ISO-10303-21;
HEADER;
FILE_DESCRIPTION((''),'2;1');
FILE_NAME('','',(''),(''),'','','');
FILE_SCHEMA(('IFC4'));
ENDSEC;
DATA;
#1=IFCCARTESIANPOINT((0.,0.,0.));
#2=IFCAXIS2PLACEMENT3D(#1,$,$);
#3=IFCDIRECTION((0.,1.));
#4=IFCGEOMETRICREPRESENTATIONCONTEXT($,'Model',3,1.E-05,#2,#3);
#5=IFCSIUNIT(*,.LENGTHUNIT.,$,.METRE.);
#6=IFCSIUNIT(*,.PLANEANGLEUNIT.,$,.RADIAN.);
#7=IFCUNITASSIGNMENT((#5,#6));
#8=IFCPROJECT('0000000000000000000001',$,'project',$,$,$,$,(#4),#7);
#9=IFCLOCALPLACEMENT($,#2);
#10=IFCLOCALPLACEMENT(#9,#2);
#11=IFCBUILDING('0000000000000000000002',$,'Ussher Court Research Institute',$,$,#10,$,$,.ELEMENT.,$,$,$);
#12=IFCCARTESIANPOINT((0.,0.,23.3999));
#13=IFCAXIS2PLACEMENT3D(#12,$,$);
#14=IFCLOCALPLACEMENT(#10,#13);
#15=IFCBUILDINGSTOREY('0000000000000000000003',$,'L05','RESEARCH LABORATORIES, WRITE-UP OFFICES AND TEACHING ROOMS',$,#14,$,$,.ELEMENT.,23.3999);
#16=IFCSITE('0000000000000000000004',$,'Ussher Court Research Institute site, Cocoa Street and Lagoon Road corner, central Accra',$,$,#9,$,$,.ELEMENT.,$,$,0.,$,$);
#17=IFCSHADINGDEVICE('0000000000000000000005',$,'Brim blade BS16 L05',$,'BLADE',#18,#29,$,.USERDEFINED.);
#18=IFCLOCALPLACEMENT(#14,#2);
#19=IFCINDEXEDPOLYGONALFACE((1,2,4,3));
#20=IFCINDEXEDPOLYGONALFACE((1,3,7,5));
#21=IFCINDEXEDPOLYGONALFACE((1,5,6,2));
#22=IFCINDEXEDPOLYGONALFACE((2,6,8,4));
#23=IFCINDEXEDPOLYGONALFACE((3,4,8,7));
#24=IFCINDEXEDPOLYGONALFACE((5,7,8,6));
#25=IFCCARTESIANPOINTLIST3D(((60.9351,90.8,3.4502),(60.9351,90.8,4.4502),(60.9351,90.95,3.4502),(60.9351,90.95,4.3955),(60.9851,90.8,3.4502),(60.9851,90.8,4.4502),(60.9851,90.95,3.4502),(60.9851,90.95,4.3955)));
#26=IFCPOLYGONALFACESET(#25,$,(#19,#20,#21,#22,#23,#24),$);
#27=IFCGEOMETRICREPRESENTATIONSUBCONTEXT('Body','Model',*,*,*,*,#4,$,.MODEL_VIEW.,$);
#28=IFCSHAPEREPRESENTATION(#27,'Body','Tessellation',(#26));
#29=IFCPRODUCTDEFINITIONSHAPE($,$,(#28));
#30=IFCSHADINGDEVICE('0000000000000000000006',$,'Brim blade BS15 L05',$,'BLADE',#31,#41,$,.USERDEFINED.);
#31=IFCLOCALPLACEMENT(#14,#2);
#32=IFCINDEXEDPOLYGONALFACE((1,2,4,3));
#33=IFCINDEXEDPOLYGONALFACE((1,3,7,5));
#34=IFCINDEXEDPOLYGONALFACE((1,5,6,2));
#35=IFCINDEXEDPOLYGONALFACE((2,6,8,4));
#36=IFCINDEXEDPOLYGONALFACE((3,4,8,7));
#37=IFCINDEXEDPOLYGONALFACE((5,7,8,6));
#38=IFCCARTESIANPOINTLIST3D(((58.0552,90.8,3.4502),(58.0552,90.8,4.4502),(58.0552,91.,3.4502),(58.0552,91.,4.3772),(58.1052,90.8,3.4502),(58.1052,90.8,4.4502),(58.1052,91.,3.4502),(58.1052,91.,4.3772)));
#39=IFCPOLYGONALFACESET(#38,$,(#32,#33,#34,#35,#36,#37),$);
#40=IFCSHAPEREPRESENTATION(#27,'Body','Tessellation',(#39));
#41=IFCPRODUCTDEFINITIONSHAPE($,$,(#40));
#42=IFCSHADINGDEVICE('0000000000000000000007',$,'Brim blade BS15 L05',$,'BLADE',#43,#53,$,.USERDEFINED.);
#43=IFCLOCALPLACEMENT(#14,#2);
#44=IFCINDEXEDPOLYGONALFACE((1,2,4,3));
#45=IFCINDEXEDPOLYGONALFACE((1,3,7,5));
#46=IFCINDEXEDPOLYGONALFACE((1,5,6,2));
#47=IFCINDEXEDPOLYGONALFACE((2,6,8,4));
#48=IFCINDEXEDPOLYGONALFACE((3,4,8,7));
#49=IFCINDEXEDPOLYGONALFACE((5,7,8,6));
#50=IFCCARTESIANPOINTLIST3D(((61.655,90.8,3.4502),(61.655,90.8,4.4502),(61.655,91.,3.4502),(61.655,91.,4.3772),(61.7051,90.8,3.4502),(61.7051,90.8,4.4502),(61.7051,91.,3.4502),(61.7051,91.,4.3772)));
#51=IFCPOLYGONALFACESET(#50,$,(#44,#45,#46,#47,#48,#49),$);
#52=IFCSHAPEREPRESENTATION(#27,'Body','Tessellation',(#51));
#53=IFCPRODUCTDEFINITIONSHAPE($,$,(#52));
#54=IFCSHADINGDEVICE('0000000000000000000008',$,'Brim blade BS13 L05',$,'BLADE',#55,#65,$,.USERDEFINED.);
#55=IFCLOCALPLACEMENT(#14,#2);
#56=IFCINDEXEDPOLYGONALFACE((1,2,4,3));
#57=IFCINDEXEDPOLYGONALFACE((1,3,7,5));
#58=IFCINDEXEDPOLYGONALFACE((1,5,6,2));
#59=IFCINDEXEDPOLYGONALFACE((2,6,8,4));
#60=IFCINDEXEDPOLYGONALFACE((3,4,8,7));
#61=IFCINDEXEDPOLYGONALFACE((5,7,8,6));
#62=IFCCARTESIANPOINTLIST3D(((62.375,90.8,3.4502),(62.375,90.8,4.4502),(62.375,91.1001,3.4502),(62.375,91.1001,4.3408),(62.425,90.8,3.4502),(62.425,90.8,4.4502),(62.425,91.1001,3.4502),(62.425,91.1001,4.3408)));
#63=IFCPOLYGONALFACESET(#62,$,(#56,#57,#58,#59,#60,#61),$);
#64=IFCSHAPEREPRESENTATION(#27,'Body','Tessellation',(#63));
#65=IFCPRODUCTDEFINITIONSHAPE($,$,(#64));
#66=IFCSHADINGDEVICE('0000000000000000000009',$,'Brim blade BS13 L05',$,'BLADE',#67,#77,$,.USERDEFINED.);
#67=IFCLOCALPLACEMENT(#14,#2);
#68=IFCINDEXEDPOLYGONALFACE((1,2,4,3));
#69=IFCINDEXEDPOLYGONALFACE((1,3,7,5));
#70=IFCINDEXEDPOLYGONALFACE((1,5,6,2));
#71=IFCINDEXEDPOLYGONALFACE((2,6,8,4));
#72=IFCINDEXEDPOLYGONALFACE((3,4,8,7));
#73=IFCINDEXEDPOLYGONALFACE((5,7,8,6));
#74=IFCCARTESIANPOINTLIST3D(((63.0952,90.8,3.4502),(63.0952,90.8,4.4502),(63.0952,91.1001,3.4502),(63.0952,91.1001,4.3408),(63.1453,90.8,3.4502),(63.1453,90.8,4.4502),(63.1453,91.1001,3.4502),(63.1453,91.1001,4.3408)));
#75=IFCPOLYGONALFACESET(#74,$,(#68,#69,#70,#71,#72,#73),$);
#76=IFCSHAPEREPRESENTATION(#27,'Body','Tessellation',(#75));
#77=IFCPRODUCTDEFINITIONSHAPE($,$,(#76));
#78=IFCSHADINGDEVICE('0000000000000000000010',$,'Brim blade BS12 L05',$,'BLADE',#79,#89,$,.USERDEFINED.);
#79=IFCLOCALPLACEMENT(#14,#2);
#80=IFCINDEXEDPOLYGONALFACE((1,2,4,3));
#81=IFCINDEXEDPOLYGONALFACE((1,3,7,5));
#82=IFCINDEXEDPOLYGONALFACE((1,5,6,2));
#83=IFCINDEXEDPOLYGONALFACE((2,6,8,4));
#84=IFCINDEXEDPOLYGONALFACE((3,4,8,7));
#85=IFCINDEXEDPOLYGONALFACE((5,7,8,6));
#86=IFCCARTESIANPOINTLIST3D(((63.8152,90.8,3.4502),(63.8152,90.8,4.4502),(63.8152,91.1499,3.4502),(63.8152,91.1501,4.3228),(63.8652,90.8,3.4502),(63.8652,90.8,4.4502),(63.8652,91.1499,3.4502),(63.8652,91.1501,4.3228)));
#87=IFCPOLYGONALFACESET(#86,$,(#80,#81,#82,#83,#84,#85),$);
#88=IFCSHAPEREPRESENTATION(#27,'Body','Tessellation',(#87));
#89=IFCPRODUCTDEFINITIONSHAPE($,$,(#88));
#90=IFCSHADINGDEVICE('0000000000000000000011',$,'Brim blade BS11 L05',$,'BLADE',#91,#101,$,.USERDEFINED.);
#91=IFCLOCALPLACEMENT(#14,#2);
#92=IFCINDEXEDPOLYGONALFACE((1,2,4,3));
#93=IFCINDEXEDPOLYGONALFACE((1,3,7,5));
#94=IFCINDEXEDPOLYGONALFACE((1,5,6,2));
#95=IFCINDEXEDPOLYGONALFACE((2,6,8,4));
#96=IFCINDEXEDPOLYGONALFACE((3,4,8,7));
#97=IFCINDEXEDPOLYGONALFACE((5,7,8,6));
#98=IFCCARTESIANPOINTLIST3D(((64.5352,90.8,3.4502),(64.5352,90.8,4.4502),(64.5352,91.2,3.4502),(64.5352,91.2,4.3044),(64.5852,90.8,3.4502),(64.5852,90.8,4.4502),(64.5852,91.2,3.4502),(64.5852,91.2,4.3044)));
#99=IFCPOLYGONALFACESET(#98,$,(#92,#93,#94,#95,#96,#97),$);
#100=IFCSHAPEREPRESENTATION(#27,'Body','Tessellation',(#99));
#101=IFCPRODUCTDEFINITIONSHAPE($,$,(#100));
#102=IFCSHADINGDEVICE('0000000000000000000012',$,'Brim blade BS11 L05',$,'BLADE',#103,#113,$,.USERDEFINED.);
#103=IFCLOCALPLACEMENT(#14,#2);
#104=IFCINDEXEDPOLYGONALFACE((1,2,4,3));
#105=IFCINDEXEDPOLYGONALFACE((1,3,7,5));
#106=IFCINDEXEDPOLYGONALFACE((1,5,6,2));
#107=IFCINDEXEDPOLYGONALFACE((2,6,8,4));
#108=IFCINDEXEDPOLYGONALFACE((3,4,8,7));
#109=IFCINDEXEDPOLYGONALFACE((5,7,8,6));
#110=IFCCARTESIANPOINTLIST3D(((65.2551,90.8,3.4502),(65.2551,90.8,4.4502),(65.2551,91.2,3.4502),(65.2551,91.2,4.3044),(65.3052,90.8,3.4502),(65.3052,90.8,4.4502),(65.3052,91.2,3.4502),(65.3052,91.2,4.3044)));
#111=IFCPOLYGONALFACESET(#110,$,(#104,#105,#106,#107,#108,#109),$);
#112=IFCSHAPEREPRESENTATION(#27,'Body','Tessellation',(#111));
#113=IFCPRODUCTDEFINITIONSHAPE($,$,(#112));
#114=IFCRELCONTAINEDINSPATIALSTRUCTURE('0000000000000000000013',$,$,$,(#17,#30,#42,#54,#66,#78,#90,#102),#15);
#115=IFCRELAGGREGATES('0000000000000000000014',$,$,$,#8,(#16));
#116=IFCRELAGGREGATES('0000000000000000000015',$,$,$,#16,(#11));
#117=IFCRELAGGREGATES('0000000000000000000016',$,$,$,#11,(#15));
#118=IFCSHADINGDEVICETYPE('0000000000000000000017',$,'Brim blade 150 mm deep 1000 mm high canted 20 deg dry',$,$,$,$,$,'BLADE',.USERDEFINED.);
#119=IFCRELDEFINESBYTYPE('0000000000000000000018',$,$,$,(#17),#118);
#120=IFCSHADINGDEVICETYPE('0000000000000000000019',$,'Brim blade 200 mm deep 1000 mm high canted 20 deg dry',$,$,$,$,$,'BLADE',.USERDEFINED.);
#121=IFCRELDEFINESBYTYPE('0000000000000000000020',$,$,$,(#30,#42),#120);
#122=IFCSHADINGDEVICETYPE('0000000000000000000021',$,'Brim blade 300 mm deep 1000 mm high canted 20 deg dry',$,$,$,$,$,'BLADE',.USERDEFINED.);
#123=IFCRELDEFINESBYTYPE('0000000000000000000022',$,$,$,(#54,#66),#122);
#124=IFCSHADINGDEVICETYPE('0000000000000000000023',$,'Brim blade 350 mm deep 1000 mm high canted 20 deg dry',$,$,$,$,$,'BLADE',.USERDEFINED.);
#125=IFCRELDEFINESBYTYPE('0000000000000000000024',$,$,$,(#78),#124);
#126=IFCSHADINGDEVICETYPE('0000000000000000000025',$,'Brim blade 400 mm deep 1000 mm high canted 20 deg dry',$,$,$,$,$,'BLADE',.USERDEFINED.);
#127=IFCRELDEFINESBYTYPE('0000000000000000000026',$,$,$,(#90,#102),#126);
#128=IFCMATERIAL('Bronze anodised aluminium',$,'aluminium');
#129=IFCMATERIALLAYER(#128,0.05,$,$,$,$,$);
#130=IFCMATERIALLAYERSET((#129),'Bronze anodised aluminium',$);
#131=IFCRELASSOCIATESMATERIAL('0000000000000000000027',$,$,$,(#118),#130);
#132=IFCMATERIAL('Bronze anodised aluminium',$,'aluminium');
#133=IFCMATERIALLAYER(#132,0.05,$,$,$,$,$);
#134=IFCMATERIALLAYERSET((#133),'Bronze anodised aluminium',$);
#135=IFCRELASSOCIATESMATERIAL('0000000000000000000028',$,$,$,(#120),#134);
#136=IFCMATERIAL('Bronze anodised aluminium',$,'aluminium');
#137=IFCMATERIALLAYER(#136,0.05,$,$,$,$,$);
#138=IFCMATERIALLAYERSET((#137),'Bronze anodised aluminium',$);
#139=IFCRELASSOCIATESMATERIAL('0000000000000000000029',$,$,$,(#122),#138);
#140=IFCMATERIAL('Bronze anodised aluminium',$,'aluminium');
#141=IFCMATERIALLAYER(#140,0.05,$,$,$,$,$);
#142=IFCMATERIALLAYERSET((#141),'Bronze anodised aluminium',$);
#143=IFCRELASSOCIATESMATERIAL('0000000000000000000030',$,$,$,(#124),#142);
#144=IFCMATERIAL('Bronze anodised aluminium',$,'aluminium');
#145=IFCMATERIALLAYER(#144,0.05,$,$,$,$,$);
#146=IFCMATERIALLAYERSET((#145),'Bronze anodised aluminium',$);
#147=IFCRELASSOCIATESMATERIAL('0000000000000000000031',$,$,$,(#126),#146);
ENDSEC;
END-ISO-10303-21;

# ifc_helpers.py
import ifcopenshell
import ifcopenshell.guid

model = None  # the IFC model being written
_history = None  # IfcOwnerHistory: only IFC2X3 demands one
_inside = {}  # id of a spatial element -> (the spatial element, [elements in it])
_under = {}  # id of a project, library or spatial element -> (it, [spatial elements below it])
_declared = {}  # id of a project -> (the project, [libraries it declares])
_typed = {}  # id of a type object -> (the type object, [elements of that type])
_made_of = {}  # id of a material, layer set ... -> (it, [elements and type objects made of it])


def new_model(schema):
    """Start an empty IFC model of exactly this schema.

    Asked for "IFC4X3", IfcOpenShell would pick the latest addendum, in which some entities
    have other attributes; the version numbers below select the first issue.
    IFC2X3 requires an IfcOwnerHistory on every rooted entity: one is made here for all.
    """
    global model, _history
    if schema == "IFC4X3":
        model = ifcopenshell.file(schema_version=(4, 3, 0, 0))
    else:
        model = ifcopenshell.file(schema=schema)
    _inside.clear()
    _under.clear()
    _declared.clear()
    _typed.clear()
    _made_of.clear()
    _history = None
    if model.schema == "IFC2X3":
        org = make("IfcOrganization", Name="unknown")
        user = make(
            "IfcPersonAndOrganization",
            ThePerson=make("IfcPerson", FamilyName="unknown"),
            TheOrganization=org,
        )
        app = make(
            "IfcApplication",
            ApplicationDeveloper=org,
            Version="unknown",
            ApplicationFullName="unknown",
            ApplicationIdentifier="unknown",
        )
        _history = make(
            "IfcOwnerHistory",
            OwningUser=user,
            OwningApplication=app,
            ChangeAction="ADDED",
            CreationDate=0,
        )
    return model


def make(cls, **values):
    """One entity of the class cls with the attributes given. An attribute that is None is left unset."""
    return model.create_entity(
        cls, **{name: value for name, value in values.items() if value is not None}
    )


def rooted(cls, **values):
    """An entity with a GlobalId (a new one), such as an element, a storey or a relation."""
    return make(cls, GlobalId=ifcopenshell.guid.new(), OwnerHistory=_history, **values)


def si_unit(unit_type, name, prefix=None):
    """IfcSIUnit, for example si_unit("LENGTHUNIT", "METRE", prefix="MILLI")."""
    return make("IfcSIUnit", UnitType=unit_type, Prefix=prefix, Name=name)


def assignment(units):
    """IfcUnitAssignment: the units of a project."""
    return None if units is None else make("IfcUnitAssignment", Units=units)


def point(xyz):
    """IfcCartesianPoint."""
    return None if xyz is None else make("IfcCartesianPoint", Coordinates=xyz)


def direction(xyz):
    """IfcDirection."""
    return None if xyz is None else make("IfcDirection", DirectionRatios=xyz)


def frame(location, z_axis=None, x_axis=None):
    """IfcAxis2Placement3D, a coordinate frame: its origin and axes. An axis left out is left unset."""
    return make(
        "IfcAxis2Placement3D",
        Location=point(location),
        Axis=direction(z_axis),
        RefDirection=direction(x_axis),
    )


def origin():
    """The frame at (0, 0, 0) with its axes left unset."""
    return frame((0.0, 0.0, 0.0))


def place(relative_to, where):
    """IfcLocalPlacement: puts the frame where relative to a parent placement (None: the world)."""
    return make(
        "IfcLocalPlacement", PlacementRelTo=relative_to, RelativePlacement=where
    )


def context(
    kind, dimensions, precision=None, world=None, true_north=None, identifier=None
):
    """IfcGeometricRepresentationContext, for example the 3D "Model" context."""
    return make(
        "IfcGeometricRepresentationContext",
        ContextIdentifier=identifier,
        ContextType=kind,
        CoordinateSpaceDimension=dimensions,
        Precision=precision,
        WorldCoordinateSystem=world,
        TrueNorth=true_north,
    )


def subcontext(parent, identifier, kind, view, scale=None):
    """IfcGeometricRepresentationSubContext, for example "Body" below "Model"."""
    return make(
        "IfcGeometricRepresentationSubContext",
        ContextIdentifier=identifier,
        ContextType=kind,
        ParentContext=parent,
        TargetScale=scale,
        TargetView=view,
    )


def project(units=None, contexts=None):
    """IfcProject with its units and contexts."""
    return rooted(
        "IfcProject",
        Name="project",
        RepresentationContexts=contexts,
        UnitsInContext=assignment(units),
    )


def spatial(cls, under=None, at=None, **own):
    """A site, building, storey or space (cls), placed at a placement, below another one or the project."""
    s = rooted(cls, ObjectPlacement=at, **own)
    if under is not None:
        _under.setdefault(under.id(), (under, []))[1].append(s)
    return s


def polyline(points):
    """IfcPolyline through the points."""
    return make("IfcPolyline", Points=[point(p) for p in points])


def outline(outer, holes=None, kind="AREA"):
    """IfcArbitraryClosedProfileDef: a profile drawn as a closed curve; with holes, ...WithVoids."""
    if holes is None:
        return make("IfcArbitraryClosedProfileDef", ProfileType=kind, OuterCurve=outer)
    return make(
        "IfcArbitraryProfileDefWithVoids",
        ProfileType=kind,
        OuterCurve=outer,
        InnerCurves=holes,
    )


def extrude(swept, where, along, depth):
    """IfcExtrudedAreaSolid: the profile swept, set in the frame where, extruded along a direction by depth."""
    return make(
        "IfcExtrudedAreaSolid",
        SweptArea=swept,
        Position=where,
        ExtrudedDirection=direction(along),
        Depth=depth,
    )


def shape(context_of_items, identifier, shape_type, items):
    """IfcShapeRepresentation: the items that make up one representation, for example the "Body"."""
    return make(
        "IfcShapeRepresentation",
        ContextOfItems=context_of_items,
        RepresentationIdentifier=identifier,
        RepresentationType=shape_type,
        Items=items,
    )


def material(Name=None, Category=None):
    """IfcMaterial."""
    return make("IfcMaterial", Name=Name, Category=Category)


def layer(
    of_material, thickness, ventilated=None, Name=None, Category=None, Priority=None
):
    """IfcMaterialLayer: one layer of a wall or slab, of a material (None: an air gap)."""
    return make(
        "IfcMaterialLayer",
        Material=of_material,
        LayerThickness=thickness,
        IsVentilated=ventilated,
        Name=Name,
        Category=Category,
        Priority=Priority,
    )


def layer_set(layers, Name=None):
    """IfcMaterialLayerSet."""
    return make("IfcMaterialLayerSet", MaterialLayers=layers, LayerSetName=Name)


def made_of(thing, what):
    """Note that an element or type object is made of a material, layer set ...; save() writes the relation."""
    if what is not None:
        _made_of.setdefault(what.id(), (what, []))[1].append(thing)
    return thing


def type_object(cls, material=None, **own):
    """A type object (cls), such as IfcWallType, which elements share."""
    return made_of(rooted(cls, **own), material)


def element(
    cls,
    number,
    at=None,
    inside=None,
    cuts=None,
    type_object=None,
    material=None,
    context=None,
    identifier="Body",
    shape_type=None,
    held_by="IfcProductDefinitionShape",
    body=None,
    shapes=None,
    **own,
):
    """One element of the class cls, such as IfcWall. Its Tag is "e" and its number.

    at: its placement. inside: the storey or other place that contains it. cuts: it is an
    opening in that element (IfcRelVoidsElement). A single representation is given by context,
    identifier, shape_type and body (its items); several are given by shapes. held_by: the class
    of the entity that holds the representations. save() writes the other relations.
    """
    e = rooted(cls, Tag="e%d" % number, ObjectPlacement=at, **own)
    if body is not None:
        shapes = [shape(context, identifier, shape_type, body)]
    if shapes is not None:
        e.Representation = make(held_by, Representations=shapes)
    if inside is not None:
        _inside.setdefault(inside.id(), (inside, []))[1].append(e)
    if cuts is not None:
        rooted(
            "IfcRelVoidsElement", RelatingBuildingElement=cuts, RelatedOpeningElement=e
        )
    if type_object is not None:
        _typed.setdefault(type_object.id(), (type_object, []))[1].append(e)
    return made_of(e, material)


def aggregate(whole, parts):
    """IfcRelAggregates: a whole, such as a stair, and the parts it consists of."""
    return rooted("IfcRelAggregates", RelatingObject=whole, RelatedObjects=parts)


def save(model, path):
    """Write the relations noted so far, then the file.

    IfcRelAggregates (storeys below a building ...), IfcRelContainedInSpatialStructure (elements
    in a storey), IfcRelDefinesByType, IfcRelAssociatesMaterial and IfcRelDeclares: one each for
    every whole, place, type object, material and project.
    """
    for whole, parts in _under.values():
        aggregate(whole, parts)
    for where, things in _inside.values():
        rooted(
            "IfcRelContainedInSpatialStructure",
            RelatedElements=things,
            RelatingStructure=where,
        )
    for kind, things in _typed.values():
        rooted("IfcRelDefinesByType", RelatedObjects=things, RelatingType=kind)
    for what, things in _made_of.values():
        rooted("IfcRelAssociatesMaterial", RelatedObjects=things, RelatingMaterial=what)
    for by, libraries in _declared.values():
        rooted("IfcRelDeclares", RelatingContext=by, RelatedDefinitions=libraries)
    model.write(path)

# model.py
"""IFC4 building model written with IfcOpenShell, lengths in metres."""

from ifc_helpers import new_model, si_unit, direction, frame, origin, place, context, subcontext, project, spatial, polyline, outline, extrude, material, layer, layer_set, type_object, element, save


model = new_model("IFC4")

# Units and contexts
model_context = context("Model", 3, precision=1e-05, world=origin(), true_north=direction((0.0, 1.0)))
body_context = subcontext(model_context, "Body", "Model", "MODEL_VIEW")
ifc_project = project(units=[si_unit("LENGTHUNIT", "METRE"), si_unit("PLANEANGLEUNIT", "RADIAN")], contexts=[model_context])

# Site, building, storey
site_placement = place(None, origin())
site = spatial("IfcSite", under=ifc_project, at=site_placement, Name="Ussher Court Research Institute site, Cocoa Street and Lagoon Road corner, central Accra", CompositionType="ELEMENT", RefElevation=0.0)
building_placement = place(site_placement, origin())
building = spatial("IfcBuilding", under=site, at=building_placement, Name="Ussher Court Research Institute", CompositionType="ELEMENT")
storey_placement = place(building_placement, frame((0.0, 0.0, 23.3999)))
storey = spatial("IfcBuildingStorey", under=building, at=storey_placement, Name="L05", Description="RESEARCH LABORATORIES, WRITE-UP OFFICES AND TEACHING ROOMS", CompositionType="ELEMENT", Elevation=23.3999)

# Shading devices
ifc_material_1 = material(Name="Bronze anodised aluminium", Category="aluminium")
ifc_layer_1 = layer(ifc_material_1, 0.05)
ifc_layer_set_1 = layer_set([ifc_layer_1], Name="Bronze anodised aluminium")
shading_device_type_1 = type_object("IfcShadingDeviceType", Name="Brim blade 150 mm deep 1000 mm high canted 20 deg dry", ElementType="BLADE", PredefinedType="USERDEFINED", material=ifc_layer_set_1)
shading_device_1_placement = place(storey_placement, frame((60.96, 90.8, 3.4502), z_axis=(0.0, 0.0, 1.0), x_axis=(0.0, 1.0, 0.0)))
element("IfcShadingDevice", 1, at=shading_device_1_placement, inside=storey, type_object=shading_device_type_1, Name="Brim blade BS16 L05", ObjectType="BLADE", PredefinedType="USERDEFINED", context=body_context, shape_type="SweptSolid", body=[
    extrude(outline(polyline([(0.0, 0.0), (0.1499, 0.0), (0.1499, 0.9453), (0.0, 1.0), (0.0, 0.0)])), frame((0.0, 0.0249, 0.0), z_axis=(0.0, -1.0, 0.0), x_axis=(1.0, 0.0, 0.0)), (0.0, 0.0, 1.0), 0.05),
])
ifc_material_2 = material(Name="Bronze anodised aluminium", Category="aluminium")
ifc_layer_2 = layer(ifc_material_2, 0.05)
ifc_layer_set_2 = layer_set([ifc_layer_2], Name="Bronze anodised aluminium")
shading_device_type_2 = type_object("IfcShadingDeviceType", Name="Brim blade 200 mm deep 1000 mm high canted 20 deg dry", ElementType="BLADE", PredefinedType="USERDEFINED", material=ifc_layer_set_2)
for number, where, z_axis, x_axis, name in (
    (2, (58.0801, 90.8, 3.4502), (0.0, 0.0, 1.0), (0.0, 1.0, 0.0), "Brim blade BS15 L05"),
    (3, (61.6799, 90.8, 3.4502), (0.0, 0.0, 1.0), (0.0, 1.0, 0.0), "Brim blade BS15 L05"),
):
    element("IfcShadingDevice", number, at=place(storey_placement, frame(where, z_axis=z_axis, x_axis=x_axis)), inside=storey, type_object=shading_device_type_2, Name=name, ObjectType="BLADE", PredefinedType="USERDEFINED", context=body_context, shape_type="SweptSolid", body=[
        extrude(outline(polyline([(0.0, 0.0), (0.2, 0.0), (0.2, 0.927), (0.0, 1.0), (0.0, 0.0)])), frame((0.0, 0.0249, 0.0), z_axis=(0.0, -1.0, 0.0), x_axis=(1.0, 0.0, 0.0)), (0.0, 0.0, 1.0), 0.05),
    ])
ifc_material_3 = material(Name="Bronze anodised aluminium", Category="aluminium")
ifc_layer_3 = layer(ifc_material_3, 0.05)
ifc_layer_set_3 = layer_set([ifc_layer_3], Name="Bronze anodised aluminium")
shading_device_type_3 = type_object("IfcShadingDeviceType", Name="Brim blade 300 mm deep 1000 mm high canted 20 deg dry", ElementType="BLADE", PredefinedType="USERDEFINED", material=ifc_layer_set_3)
for number, where, z_axis, x_axis, name in (
    (4, (62.3999, 90.8, 3.4502), (0.0, 0.0, 1.0), (0.0, 1.0, 0.0), "Brim blade BS13 L05"),
    (5, (63.1201, 90.8, 3.4502), (0.0, 0.0, 1.0), (0.0, 1.0, 0.0), "Brim blade BS13 L05"),
):
    element("IfcShadingDevice", number, at=place(storey_placement, frame(where, z_axis=z_axis, x_axis=x_axis)), inside=storey, type_object=shading_device_type_3, Name=name, ObjectType="BLADE", PredefinedType="USERDEFINED", context=body_context, shape_type="SweptSolid", body=[
        extrude(outline(polyline([(0.0, 0.0), (0.3, 0.0), (0.3, 0.8906), (0.0, 1.0), (0.0, 0.0)])), frame((0.0, 0.0249, 0.0), z_axis=(0.0, -1.0, 0.0), x_axis=(1.0, 0.0, 0.0)), (0.0, 0.0, 1.0), 0.05),
    ])
ifc_material_4 = material(Name="Bronze anodised aluminium", Category="aluminium")
ifc_layer_4 = layer(ifc_material_4, 0.05)
ifc_layer_set_4 = layer_set([ifc_layer_4], Name="Bronze anodised aluminium")
shading_device_type_4 = type_object("IfcShadingDeviceType", Name="Brim blade 350 mm deep 1000 mm high canted 20 deg dry", ElementType="BLADE", PredefinedType="USERDEFINED", material=ifc_layer_set_4)
shading_device_2_placement = place(storey_placement, frame((63.8401, 90.8, 3.4502), z_axis=(0.0, 0.0, 1.0), x_axis=(0.0, 1.0, 0.0)))
element("IfcShadingDevice", 6, at=shading_device_2_placement, inside=storey, type_object=shading_device_type_4, Name="Brim blade BS12 L05", ObjectType="BLADE", PredefinedType="USERDEFINED", context=body_context, shape_type="SweptSolid", body=[
    extrude(outline(polyline([(0.0, 0.0), (0.3499, 0.0), (0.3501, 0.8726), (0.0, 1.0), (0.0, 0.0)])), frame((0.0, 0.0249, 0.0), z_axis=(0.0, -1.0, 0.0), x_axis=(1.0, 0.0, 0.0)), (0.0, 0.0, 1.0), 0.05),
])
ifc_material_5 = material(Name="Bronze anodised aluminium", Category="aluminium")
ifc_layer_5 = layer(ifc_material_5, 0.05)
ifc_layer_set_5 = layer_set([ifc_layer_5], Name="Bronze anodised aluminium")
shading_device_type_5 = type_object("IfcShadingDeviceType", Name="Brim blade 400 mm deep 1000 mm high canted 20 deg dry", ElementType="BLADE", PredefinedType="USERDEFINED", material=ifc_layer_set_5)
for number, where, z_axis, x_axis, name in (
    (7, (64.5601, 90.8, 3.4502), (0.0, 0.0, 1.0), (0.0, 1.0, 0.0), "Brim blade BS11 L05"),
    (8, (65.28, 90.8, 3.4502), (0.0, 0.0, 1.0), (0.0, 1.0, 0.0), "Brim blade BS11 L05"),
):
    element("IfcShadingDevice", number, at=place(storey_placement, frame(where, z_axis=z_axis, x_axis=x_axis)), inside=storey, type_object=shading_device_type_5, Name=name, ObjectType="BLADE", PredefinedType="USERDEFINED", context=body_context, shape_type="SweptSolid", body=[
        extrude(outline(polyline([(0.0, 0.0), (0.3999, 0.0), (0.3999, 0.8542), (0.0, 1.0), (0.0, 0.0)])), frame((0.0, 0.0249, 0.0), z_axis=(0.0, -1.0, 0.0), x_axis=(1.0, 0.0, 0.0)), (0.0, 0.0, 1.0), 0.05),
    ])

save(model, "model.ifc")
